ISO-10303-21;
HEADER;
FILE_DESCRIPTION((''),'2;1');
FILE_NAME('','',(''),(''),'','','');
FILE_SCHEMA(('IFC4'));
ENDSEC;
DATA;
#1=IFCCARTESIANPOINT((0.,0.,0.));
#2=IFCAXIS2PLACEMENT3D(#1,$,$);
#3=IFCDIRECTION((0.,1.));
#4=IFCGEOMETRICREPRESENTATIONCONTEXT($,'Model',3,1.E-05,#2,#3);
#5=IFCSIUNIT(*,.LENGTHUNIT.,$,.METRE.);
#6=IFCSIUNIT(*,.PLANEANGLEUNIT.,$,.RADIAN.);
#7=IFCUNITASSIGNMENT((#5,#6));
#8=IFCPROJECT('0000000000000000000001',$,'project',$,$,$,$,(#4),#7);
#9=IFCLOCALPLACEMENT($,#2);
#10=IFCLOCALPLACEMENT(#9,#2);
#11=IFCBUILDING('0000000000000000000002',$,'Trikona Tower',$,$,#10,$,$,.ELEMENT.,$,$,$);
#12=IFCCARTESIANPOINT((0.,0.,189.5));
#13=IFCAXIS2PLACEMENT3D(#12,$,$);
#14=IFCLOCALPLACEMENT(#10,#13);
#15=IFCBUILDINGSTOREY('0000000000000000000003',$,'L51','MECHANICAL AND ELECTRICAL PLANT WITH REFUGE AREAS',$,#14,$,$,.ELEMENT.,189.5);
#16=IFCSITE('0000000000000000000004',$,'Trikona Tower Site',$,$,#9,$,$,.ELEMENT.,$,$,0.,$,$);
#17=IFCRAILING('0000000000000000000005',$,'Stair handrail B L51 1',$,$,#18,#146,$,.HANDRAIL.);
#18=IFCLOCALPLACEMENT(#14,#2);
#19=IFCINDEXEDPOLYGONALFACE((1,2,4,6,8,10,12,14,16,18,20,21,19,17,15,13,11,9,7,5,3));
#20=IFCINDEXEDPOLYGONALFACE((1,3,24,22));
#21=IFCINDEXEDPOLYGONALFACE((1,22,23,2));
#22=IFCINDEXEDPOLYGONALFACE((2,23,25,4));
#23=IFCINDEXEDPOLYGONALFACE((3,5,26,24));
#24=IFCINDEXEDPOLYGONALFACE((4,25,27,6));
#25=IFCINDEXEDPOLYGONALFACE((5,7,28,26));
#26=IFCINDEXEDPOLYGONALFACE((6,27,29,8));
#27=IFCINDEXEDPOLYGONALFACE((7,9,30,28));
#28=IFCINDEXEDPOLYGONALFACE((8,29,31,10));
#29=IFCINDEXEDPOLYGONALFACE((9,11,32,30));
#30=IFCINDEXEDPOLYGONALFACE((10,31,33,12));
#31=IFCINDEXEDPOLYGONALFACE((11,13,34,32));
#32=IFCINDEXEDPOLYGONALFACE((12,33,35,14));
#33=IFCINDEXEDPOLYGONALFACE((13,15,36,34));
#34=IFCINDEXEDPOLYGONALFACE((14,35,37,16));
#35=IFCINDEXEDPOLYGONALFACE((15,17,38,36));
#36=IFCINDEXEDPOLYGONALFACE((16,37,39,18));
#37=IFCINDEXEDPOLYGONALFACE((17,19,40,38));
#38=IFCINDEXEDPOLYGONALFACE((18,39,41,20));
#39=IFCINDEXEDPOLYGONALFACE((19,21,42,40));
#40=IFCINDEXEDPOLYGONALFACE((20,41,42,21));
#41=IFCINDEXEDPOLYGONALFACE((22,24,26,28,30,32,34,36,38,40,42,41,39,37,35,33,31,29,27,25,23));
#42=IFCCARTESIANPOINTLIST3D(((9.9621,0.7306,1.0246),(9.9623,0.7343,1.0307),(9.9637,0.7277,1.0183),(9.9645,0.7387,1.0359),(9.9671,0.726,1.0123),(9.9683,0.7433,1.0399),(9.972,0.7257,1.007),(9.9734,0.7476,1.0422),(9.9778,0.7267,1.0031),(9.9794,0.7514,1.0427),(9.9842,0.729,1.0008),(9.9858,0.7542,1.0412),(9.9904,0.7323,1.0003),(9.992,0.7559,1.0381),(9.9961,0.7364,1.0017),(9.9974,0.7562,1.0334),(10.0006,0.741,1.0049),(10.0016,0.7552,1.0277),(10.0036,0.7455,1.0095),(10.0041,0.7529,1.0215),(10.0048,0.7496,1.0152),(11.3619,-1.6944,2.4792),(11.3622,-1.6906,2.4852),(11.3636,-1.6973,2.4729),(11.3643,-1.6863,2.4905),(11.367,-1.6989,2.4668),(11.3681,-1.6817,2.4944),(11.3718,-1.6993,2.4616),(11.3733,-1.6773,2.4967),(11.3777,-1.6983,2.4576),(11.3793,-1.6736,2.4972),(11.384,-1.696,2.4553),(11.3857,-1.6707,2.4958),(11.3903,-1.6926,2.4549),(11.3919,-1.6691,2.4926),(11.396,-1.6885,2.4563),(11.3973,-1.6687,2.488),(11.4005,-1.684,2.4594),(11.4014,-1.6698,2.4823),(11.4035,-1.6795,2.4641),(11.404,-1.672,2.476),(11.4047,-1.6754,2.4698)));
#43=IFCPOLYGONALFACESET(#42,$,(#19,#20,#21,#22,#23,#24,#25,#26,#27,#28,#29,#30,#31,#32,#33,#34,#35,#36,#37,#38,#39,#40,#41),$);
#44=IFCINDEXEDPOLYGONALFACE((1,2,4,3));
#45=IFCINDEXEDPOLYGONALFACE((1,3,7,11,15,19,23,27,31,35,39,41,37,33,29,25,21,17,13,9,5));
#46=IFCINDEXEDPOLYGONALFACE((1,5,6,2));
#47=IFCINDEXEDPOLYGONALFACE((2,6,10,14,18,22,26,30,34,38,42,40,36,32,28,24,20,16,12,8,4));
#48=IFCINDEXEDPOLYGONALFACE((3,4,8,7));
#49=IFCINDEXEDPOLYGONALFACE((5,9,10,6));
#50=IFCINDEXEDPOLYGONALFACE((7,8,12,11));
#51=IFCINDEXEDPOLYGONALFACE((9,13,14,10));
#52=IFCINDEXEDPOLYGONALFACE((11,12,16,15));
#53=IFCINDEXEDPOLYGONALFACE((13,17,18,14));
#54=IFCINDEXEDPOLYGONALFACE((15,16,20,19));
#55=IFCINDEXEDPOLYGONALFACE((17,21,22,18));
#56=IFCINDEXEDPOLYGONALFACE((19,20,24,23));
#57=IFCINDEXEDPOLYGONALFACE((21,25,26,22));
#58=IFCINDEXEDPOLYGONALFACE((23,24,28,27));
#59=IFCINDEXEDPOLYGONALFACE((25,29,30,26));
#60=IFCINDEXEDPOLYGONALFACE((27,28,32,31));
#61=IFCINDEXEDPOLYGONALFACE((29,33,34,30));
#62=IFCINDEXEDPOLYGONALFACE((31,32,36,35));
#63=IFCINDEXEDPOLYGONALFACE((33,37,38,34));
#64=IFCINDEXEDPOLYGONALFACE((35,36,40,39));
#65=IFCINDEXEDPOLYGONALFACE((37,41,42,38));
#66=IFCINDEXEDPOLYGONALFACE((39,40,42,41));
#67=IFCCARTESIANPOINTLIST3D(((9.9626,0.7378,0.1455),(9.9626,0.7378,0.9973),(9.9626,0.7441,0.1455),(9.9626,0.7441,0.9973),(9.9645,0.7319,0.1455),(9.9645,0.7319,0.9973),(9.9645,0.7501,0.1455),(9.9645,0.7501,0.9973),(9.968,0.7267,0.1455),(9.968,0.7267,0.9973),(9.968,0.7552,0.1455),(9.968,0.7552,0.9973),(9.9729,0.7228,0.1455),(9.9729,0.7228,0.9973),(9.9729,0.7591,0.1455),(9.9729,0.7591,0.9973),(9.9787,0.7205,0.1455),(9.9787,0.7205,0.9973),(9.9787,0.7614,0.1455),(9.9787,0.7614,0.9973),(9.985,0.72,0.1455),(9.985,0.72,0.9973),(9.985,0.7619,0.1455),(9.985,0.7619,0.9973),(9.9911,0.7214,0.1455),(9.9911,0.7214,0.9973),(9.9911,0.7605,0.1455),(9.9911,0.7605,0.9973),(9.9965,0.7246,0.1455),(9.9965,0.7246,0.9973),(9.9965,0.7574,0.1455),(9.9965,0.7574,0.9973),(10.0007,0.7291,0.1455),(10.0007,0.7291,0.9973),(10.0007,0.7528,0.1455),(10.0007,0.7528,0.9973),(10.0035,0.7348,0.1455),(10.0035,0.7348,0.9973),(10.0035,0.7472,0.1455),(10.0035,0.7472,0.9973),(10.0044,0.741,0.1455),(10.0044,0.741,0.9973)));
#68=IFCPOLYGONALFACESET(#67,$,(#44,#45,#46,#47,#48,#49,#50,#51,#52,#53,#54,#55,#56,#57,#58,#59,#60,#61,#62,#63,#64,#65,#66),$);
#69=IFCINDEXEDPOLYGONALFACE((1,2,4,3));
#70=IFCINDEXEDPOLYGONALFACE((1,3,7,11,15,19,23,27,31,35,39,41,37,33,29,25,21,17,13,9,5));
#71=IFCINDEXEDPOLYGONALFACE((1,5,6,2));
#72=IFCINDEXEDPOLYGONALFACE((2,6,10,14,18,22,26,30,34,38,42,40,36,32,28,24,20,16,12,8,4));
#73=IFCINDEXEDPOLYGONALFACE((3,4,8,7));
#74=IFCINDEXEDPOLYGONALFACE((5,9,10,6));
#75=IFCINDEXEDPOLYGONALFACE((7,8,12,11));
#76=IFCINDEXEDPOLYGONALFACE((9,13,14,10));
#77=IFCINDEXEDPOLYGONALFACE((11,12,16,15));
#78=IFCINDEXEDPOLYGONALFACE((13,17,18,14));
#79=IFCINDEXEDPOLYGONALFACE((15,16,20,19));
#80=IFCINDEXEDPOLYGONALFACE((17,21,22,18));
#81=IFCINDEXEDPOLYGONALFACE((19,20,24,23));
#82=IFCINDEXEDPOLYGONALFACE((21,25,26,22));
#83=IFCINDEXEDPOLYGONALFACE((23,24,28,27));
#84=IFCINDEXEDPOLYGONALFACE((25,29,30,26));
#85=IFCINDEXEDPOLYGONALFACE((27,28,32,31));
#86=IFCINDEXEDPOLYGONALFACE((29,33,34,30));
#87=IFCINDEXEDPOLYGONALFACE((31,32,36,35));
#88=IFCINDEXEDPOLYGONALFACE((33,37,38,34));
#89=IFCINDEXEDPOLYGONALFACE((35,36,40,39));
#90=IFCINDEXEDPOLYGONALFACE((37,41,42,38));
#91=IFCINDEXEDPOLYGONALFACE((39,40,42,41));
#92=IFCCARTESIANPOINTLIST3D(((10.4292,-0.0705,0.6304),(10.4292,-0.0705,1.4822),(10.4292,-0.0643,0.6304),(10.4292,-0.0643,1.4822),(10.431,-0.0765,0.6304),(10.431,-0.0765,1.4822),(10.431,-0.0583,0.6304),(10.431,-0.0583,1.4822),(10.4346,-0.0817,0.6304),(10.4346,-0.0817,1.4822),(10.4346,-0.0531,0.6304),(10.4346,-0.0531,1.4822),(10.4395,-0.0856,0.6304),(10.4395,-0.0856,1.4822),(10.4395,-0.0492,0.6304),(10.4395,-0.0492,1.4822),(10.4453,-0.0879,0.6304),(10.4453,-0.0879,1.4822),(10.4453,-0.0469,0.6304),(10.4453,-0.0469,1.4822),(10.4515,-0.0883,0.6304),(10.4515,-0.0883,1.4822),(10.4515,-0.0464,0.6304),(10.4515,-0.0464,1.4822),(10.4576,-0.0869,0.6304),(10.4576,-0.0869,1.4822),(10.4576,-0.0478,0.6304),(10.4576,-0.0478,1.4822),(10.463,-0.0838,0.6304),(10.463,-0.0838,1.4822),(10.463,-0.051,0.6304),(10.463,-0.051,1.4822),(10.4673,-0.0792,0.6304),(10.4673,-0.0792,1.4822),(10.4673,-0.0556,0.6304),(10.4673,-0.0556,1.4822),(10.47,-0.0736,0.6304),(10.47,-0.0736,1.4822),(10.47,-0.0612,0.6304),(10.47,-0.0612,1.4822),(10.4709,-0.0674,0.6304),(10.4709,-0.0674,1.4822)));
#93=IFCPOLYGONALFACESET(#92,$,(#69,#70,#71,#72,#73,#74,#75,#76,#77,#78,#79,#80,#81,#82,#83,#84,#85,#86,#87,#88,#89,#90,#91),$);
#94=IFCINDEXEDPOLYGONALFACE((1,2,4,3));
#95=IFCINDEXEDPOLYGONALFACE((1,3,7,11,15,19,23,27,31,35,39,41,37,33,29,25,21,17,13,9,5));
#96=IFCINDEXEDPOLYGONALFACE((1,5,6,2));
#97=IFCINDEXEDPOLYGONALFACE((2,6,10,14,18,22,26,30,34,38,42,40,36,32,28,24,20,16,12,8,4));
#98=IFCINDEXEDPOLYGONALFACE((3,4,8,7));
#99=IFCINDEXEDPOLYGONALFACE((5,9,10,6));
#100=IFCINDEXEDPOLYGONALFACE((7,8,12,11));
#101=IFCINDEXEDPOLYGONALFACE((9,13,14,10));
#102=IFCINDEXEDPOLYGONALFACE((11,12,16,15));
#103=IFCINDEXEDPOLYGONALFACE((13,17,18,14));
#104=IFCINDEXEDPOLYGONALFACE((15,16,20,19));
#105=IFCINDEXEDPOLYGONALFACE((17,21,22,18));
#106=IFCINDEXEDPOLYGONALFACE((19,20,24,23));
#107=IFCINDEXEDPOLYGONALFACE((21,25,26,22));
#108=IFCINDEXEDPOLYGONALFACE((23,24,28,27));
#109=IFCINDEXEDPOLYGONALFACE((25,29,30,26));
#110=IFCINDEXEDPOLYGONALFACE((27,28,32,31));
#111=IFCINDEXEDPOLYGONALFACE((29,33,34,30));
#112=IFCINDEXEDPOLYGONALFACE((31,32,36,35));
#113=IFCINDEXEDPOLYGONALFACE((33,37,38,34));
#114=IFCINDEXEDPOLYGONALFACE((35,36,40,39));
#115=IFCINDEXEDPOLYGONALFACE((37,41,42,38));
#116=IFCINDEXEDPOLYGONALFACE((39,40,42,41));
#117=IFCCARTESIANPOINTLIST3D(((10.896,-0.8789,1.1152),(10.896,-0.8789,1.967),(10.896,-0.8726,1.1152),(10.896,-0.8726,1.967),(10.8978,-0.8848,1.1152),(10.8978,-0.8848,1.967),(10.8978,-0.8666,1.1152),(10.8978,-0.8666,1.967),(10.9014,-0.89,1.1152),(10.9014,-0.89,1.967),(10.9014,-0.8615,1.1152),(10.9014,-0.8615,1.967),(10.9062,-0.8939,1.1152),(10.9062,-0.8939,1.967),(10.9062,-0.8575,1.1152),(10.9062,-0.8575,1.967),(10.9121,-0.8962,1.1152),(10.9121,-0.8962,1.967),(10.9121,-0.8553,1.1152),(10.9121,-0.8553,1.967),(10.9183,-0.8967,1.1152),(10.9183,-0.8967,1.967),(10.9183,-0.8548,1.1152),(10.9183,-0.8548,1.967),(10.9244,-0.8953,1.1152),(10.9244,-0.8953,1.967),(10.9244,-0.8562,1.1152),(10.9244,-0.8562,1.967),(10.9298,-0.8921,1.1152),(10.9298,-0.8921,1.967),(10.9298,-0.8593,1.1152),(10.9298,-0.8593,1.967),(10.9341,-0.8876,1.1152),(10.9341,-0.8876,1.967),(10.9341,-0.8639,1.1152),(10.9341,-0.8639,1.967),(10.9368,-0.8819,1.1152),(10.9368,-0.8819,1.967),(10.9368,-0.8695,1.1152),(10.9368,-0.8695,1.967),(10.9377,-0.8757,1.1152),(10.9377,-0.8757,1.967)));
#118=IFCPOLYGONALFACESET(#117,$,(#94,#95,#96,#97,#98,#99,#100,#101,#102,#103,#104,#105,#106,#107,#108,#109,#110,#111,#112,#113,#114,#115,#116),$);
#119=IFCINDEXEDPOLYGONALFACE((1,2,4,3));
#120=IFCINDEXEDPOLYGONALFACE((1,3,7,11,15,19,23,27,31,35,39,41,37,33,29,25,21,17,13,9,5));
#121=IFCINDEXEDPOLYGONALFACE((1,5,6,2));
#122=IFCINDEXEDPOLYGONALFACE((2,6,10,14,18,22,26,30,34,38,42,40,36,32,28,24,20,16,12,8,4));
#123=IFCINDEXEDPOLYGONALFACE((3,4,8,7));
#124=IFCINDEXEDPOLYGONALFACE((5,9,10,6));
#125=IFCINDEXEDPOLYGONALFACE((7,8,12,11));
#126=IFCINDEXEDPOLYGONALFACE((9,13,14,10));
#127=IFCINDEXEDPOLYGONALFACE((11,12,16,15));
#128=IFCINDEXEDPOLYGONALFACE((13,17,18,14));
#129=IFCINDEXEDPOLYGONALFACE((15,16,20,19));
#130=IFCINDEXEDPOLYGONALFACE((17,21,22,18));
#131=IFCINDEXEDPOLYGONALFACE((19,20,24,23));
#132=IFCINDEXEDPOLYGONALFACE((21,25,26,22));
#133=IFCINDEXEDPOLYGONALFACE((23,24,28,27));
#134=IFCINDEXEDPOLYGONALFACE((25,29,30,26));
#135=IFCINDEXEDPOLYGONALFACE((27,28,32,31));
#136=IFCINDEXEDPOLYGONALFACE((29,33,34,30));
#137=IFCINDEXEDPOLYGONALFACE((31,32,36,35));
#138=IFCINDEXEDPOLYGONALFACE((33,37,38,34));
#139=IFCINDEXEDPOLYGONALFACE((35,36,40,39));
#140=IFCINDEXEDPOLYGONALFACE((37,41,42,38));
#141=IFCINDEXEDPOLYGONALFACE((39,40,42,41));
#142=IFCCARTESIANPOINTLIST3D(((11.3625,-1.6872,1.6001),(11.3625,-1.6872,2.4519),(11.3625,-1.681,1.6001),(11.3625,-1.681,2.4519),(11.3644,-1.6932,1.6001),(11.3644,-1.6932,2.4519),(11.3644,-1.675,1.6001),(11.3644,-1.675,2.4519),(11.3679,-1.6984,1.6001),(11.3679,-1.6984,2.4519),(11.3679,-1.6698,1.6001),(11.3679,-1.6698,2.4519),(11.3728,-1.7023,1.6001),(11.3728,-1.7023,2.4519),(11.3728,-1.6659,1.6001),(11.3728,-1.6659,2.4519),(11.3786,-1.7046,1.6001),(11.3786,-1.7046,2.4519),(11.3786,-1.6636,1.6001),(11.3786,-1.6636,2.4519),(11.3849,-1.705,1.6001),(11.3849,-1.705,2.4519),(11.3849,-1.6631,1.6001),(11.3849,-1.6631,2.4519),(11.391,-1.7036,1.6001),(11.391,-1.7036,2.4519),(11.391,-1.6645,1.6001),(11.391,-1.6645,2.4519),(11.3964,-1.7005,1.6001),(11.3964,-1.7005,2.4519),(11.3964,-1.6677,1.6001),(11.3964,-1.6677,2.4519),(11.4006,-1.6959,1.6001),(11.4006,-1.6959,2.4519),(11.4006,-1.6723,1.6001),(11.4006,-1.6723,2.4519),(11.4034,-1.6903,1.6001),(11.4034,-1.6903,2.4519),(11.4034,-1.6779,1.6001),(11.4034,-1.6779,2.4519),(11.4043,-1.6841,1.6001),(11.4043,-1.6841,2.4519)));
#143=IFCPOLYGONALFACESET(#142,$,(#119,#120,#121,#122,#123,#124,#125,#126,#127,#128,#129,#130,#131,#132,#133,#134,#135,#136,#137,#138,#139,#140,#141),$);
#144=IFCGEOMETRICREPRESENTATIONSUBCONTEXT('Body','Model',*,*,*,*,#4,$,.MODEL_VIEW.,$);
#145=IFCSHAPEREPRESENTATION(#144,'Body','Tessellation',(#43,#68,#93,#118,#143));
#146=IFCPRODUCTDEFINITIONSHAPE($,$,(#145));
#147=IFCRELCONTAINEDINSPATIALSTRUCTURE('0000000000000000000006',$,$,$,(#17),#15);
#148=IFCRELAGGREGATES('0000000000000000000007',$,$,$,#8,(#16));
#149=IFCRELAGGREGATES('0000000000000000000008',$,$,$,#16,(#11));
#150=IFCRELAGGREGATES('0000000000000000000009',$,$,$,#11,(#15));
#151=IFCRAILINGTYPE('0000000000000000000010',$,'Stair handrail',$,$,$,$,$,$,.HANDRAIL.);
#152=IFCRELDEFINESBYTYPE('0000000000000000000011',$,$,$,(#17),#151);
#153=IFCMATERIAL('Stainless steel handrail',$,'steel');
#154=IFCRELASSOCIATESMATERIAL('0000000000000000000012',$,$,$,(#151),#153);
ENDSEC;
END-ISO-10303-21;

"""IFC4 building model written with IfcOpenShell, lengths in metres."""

from ifc_helpers import new_model, si_unit, direction, frame, origin, origin_2d, place, context, subcontext, project, spatial, circle, extrude, material, type_object, element, save


model = new_model("IFC4")

# Units and contexts
model_context = context("Model", 3, precision=1e-05, world=origin(), true_north=direction((0.0, 1.0)))
body_context = subcontext(model_context, "Body", "Model", "MODEL_VIEW")
ifc_project = project(units=[si_unit("LENGTHUNIT", "METRE"), si_unit("PLANEANGLEUNIT", "RADIAN")], contexts=[model_context])

# Site, building, storey
site_placement = place(None, origin())
site = spatial("IfcSite", under=ifc_project, at=site_placement, Name="Trikona Tower Site", CompositionType="ELEMENT", RefElevation=0.0)
building_placement = place(site_placement, origin())
building = spatial("IfcBuilding", under=site, at=building_placement, Name="Trikona Tower", CompositionType="ELEMENT")
storey_placement = place(building_placement, frame((0.0, 0.0, 189.5)))
storey = spatial("IfcBuildingStorey", under=building, at=storey_placement, Name="L51", Description="MECHANICAL AND ELECTRICAL PLANT WITH REFUGE AREAS", CompositionType="ELEMENT", Elevation=189.5)

# Railing
ifc_material_1 = material(Name="Stainless steel handrail", Category="steel")
railing_type = type_object("IfcRailingType", Name="Stair handrail", PredefinedType="HANDRAIL", material=ifc_material_1)
for number, where, name in (
    (1, (9.9834, 0.741, 0.1455), "Stair handrail B L51 1"),
):
    element("IfcRailing", number, at=place(storey_placement, frame(where)), inside=storey, type_object=railing_type, Name=name, PredefinedType="HANDRAIL", context=body_context, shape_type="SweptSolid", body=[
        extrude(circle(Radius=0.0239, at=origin_2d()), frame((0.0, 0.0, 0.876), z_axis=(0.443656, -0.768544, 0.460987), x_axis=(0.866056, 0.499946, 0.0)), (0.0, 0.0, 1.0), 3.1553),
        extrude(circle(Radius=0.021, at=origin_2d()), origin(), (0.0, 0.0, 1.0), 0.8518),
        extrude(circle(Radius=0.021, at=origin_2d()), frame((0.4666, -0.8083, 0.4849)), (0.0, 0.0, 1.0), 0.8518),
        extrude(circle(Radius=0.021, at=origin_2d()), frame((0.9333, -1.6167, 0.9697)), (0.0, 0.0, 1.0), 0.8518),
        extrude(circle(Radius=0.021, at=origin_2d()), frame((1.3999, -2.425, 1.4546)), (0.0, 0.0, 1.0), 0.8518),
    ])

save(model, "model.ifc")
